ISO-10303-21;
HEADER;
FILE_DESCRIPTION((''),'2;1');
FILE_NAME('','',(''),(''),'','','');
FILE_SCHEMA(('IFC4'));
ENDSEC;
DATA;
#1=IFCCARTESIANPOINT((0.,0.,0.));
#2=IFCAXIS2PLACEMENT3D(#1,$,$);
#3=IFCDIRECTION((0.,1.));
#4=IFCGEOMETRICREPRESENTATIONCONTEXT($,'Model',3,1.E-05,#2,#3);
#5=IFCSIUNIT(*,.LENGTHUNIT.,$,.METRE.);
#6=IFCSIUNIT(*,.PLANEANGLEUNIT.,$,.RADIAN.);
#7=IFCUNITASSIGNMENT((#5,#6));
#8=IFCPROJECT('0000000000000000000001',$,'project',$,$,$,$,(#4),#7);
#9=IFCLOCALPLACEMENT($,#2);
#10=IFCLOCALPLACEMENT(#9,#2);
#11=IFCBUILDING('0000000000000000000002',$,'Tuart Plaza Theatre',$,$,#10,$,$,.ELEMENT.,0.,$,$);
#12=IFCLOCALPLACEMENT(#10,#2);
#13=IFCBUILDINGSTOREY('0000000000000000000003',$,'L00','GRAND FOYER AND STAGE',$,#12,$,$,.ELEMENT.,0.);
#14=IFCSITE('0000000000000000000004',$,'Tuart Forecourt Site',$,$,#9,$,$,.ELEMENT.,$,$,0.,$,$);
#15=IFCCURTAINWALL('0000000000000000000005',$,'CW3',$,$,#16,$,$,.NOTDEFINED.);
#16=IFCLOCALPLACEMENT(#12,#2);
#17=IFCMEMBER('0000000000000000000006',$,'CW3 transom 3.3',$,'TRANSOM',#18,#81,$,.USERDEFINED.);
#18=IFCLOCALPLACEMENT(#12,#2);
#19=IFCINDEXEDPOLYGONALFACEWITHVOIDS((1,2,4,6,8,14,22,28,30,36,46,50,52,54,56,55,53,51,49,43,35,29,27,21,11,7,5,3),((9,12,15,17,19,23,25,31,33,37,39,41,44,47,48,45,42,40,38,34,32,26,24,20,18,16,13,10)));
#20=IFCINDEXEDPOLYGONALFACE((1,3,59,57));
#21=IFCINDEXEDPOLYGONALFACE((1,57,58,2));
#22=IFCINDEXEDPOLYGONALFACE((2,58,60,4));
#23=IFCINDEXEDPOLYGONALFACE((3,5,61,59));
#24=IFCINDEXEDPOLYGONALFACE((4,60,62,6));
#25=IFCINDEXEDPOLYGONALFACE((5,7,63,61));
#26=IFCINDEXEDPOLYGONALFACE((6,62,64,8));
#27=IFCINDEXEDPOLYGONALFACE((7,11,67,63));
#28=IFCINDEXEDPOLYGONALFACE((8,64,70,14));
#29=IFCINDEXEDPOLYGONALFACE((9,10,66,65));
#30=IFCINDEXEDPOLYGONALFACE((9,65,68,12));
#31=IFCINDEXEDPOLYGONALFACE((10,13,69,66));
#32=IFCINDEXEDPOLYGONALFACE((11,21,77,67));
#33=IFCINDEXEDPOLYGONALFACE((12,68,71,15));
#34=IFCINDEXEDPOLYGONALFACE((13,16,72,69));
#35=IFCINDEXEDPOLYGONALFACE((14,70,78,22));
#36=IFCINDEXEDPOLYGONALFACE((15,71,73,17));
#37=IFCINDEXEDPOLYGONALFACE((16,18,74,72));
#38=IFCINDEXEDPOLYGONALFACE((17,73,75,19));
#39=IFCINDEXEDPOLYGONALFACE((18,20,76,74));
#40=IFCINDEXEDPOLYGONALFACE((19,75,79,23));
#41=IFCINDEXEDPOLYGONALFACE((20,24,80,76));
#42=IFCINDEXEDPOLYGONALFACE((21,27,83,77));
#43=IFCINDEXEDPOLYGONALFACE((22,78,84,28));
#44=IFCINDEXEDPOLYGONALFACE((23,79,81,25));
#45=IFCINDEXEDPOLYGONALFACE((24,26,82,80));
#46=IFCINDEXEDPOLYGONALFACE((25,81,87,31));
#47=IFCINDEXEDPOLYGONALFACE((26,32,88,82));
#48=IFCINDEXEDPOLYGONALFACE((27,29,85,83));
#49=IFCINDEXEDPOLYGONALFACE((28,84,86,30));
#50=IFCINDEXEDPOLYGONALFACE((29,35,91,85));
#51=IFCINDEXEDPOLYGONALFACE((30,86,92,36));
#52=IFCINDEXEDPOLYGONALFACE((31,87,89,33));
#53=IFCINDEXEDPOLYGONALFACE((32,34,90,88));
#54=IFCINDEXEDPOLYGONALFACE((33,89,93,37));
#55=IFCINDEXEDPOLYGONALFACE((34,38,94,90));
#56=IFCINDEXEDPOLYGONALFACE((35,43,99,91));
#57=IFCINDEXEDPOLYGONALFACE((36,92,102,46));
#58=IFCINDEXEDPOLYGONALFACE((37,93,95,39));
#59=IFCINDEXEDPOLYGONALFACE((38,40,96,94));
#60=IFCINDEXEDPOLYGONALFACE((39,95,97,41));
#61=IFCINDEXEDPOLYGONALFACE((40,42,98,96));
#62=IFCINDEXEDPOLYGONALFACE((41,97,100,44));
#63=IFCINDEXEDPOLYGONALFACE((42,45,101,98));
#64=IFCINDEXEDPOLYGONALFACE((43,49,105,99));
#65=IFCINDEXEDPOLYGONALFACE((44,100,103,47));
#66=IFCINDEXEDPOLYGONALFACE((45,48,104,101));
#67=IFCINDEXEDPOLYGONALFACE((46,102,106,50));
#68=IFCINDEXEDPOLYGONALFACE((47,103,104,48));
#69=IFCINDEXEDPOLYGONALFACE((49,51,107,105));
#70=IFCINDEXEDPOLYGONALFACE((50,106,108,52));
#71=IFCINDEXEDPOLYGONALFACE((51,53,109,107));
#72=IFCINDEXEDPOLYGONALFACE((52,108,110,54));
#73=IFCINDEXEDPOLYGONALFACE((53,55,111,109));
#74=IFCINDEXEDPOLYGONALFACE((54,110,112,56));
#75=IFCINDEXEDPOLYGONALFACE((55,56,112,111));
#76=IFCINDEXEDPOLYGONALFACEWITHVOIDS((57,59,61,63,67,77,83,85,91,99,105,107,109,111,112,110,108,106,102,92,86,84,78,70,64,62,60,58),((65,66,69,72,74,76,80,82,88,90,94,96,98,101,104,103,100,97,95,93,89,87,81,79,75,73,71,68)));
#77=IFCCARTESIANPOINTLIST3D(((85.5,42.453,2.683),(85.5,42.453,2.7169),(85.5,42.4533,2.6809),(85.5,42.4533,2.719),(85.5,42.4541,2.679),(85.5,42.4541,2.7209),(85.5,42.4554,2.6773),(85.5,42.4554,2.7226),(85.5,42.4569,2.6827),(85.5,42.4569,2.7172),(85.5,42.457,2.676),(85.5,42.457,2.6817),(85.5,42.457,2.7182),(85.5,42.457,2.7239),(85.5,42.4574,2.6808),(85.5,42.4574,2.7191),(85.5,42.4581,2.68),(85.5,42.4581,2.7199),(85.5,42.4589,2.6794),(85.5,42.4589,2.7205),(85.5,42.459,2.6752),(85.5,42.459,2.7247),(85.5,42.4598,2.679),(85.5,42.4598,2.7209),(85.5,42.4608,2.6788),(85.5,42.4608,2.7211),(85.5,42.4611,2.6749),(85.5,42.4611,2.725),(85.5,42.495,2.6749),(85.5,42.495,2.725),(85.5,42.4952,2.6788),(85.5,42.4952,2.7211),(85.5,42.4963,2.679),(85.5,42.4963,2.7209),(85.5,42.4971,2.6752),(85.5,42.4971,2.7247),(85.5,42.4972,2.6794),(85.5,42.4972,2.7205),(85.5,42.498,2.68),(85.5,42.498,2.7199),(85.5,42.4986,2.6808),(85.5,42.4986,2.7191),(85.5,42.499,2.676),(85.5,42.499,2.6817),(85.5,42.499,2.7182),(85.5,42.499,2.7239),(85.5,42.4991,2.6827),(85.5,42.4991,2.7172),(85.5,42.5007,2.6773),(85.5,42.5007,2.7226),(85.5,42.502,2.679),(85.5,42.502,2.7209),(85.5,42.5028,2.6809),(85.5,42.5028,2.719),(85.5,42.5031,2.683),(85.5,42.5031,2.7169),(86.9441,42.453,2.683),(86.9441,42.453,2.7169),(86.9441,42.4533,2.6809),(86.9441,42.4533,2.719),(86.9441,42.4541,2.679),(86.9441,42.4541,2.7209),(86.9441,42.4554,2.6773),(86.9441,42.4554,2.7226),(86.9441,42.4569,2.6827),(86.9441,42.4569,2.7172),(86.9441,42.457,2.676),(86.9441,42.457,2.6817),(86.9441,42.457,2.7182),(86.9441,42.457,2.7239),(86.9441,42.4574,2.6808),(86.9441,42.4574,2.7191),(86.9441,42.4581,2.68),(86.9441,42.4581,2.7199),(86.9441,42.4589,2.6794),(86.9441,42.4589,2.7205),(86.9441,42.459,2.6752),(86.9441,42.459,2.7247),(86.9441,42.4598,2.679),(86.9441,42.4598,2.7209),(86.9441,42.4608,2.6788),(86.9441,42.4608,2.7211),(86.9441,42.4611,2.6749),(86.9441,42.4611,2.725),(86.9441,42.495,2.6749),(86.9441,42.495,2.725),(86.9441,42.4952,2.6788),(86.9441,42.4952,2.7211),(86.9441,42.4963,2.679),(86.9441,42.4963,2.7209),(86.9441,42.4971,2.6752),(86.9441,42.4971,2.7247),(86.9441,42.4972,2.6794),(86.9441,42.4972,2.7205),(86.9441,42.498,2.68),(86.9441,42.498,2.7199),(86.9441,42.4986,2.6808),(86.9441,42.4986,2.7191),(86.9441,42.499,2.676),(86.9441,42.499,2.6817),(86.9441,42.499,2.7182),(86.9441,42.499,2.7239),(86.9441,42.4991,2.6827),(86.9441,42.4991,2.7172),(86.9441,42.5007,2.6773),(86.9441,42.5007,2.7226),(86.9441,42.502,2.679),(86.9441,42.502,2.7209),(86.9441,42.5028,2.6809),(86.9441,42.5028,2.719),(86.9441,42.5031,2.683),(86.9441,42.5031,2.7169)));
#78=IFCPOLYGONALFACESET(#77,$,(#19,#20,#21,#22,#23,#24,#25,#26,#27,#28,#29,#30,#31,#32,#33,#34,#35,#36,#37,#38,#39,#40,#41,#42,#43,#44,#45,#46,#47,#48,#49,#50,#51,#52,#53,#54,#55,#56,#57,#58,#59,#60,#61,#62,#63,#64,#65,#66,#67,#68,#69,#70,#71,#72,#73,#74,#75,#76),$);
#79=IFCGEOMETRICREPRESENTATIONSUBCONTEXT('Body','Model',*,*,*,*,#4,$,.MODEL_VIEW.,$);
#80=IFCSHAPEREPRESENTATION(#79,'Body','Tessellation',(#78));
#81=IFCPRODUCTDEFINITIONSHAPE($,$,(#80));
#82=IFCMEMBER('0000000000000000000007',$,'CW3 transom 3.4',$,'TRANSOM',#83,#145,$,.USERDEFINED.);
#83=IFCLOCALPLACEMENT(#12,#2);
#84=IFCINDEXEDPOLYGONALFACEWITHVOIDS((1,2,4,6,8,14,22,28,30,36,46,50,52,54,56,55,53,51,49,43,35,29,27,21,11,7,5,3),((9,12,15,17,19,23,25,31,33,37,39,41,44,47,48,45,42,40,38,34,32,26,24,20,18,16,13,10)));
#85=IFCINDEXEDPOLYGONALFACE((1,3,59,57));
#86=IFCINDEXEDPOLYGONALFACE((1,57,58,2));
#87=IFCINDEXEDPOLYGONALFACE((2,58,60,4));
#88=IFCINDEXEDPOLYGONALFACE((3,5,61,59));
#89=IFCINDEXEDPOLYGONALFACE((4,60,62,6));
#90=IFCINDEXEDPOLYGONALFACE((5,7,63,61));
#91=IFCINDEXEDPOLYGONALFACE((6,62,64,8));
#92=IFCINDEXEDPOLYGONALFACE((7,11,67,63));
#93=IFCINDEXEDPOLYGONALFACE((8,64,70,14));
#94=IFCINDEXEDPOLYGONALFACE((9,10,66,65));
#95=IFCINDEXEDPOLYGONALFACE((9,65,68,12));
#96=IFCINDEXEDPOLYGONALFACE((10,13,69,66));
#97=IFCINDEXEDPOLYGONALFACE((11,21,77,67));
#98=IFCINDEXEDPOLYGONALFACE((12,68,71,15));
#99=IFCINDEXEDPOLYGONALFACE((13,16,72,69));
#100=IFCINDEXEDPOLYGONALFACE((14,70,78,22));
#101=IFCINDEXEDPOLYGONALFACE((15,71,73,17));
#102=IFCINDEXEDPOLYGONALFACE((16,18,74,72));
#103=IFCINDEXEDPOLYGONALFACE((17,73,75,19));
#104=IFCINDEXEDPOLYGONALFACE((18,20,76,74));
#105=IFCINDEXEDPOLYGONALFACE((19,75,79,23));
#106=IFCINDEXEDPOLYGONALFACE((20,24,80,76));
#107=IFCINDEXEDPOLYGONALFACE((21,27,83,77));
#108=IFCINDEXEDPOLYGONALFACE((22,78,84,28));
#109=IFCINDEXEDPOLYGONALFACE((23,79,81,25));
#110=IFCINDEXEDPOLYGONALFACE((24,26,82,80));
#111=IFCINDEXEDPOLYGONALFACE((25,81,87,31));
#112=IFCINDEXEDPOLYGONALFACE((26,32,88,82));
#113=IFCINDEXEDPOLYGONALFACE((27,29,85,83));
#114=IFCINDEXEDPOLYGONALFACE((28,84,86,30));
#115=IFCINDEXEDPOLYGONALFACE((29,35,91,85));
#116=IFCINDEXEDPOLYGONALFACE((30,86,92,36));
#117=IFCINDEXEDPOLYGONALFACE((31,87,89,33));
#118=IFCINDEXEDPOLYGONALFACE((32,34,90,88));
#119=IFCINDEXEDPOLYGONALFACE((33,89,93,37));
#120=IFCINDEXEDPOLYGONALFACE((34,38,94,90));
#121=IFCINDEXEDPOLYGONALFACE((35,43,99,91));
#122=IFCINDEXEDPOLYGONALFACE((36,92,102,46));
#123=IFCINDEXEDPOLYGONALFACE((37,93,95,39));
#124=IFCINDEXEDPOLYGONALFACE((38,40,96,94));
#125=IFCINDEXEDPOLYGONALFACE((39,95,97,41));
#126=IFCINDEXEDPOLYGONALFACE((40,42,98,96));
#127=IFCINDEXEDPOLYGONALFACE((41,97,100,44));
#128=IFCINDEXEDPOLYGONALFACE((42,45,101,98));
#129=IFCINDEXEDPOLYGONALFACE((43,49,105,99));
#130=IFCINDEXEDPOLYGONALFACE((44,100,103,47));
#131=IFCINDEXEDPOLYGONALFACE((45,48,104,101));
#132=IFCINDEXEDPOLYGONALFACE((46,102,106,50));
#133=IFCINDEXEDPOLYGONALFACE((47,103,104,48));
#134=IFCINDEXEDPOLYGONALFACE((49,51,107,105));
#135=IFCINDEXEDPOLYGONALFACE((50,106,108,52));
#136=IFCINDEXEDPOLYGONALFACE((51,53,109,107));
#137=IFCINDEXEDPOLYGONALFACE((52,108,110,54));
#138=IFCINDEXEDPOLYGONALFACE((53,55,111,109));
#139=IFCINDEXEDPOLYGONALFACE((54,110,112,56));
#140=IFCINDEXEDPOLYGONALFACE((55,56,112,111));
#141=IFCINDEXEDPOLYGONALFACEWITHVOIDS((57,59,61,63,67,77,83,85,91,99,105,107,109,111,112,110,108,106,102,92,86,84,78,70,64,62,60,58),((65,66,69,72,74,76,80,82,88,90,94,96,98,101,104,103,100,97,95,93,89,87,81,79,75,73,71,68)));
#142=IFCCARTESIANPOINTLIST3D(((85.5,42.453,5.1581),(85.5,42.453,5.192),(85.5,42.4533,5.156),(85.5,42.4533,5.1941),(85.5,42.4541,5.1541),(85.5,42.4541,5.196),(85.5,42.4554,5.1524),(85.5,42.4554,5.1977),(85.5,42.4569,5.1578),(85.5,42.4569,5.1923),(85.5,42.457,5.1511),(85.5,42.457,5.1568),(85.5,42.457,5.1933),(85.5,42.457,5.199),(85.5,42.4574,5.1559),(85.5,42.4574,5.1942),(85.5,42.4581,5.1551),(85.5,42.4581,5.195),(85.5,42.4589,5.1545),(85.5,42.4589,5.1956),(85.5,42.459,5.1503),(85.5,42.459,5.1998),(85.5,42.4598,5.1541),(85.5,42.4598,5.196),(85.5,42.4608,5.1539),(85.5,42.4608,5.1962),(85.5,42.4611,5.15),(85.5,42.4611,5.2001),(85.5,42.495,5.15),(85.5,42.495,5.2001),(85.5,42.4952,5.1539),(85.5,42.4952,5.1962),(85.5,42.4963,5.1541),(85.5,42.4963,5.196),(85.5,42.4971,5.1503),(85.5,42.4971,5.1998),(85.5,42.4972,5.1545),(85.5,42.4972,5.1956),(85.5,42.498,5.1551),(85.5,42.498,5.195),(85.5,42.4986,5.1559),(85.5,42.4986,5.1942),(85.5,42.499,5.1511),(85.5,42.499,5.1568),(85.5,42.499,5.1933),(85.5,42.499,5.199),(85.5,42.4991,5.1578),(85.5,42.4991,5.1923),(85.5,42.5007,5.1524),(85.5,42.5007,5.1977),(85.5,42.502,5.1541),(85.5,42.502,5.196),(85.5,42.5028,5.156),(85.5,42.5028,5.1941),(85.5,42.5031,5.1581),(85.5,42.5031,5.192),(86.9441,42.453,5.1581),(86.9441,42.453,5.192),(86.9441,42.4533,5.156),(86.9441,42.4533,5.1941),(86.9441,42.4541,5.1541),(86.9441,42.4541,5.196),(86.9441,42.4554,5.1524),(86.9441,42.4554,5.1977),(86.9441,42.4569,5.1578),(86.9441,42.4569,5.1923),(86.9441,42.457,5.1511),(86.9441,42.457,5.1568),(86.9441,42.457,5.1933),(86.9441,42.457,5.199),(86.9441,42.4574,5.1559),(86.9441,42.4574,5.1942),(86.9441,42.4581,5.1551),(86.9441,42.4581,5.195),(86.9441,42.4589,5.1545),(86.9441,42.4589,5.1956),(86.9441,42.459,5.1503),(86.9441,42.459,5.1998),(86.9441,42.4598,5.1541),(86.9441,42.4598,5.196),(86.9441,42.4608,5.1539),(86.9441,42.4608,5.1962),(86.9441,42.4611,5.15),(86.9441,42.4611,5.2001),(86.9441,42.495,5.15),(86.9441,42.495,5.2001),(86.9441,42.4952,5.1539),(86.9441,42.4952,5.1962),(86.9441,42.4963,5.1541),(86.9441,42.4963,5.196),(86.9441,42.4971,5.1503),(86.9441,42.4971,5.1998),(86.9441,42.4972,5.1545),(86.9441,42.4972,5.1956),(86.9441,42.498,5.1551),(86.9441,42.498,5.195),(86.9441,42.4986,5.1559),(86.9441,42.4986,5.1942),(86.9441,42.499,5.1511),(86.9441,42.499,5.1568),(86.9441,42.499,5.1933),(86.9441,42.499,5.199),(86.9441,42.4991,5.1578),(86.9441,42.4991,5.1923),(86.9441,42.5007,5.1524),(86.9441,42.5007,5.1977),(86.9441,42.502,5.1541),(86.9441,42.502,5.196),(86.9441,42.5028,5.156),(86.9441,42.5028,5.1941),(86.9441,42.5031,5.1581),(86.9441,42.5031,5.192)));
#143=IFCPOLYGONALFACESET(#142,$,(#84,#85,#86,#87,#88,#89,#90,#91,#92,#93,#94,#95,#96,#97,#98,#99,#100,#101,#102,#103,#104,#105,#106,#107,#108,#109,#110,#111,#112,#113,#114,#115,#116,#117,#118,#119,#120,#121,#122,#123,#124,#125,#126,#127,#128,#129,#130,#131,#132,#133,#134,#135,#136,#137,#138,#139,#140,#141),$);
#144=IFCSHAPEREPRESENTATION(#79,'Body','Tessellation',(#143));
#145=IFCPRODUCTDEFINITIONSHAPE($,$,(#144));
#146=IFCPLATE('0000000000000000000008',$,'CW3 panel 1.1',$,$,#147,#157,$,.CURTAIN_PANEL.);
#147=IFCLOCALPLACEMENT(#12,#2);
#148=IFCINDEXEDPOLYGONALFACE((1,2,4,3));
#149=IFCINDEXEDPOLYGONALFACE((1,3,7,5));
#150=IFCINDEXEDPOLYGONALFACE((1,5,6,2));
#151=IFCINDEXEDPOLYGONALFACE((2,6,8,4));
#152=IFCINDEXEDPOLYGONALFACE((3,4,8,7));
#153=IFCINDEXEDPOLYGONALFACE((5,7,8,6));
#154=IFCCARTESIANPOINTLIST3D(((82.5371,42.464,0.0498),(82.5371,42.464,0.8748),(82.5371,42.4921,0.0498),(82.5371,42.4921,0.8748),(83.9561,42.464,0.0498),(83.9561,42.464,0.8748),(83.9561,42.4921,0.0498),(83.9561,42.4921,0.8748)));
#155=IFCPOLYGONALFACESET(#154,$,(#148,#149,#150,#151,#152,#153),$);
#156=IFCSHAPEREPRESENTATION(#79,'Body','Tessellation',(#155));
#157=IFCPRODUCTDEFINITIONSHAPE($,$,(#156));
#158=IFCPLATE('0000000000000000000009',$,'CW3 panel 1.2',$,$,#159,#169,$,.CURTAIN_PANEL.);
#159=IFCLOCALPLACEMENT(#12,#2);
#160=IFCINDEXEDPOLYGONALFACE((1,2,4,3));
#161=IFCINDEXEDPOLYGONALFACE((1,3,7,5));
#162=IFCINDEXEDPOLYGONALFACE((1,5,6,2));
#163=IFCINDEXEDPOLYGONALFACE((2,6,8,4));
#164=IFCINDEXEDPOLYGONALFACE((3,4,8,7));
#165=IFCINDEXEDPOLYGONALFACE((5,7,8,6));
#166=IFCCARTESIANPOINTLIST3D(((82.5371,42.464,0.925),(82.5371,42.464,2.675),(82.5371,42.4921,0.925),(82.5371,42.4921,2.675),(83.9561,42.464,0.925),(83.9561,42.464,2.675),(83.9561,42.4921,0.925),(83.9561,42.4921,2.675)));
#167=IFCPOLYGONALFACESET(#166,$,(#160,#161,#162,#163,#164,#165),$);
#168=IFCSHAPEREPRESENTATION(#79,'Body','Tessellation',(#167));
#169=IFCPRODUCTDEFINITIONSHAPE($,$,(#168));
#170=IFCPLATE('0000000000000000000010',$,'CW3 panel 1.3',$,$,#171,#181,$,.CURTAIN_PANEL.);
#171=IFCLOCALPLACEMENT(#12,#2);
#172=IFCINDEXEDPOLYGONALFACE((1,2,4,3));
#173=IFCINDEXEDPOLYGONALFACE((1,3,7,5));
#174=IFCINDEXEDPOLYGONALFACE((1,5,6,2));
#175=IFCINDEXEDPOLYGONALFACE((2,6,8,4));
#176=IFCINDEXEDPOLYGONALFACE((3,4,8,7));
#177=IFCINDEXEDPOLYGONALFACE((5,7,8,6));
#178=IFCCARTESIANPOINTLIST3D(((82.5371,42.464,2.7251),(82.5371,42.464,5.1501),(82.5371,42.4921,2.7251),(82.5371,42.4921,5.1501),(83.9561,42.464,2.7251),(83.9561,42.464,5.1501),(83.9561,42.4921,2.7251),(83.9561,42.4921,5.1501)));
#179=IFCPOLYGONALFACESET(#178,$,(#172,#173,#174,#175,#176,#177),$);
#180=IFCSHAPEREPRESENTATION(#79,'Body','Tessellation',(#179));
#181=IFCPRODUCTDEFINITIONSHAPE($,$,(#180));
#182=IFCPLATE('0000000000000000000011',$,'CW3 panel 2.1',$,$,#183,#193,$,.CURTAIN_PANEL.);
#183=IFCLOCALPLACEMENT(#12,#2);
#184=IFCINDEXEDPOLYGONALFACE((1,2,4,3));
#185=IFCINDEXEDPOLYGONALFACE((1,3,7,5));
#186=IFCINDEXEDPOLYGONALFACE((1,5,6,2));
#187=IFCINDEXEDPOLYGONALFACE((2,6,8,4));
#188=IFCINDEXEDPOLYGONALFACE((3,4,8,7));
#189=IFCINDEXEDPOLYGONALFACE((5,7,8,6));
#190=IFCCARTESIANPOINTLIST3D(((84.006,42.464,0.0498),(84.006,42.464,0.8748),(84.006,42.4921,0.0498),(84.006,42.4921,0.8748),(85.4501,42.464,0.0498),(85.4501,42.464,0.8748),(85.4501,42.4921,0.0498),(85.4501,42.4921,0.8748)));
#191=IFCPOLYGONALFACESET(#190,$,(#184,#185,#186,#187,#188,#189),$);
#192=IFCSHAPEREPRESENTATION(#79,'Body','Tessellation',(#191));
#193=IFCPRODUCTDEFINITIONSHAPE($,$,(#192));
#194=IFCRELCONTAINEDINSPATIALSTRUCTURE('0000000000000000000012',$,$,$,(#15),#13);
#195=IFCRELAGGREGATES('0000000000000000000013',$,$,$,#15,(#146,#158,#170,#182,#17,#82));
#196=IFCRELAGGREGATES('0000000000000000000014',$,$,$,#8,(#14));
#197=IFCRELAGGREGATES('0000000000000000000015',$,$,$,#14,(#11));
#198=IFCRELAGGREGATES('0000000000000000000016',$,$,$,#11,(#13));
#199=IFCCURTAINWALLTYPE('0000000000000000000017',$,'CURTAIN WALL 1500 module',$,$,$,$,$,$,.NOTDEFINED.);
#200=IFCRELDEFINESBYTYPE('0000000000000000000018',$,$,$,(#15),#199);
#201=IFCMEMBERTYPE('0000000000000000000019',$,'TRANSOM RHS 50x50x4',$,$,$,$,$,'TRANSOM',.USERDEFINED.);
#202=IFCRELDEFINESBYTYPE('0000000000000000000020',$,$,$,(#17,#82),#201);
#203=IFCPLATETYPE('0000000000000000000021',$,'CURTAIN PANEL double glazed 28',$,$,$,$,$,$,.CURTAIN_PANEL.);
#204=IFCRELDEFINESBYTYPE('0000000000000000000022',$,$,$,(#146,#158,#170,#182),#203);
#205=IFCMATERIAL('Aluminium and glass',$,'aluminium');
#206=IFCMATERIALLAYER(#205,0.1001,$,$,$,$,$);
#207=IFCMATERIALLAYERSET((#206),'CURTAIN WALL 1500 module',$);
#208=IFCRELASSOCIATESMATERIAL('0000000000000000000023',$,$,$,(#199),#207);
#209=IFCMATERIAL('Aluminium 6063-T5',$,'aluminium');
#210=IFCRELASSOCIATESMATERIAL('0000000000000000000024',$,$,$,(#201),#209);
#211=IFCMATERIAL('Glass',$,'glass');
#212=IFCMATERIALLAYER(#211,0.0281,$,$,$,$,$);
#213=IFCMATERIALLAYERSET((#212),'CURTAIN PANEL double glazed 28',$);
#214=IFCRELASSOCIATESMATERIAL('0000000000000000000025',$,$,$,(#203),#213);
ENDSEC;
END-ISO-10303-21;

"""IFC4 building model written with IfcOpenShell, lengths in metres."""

from ifc_helpers import new_model, si_unit, direction, frame, origin, origin_2d, place, context, subcontext, project, spatial, rectangle, hollow_rectangle, extrude, material, layer, layer_set, material_profile, profile_set, type_object, element, aggregate, save


model = new_model("IFC4")

# Units and contexts
model_context = context("Model", 3, precision=1e-05, world=origin(), true_north=direction((0.0, 1.0)))
body_context = subcontext(model_context, "Body", "Model", "MODEL_VIEW")
ifc_project = project(units=[si_unit("LENGTHUNIT", "METRE"), si_unit("PLANEANGLEUNIT", "RADIAN")], contexts=[model_context])

# Site, building, storey
site_placement = place(None, origin())
site = spatial("IfcSite", under=ifc_project, at=site_placement, Name="Tuart Forecourt Site", CompositionType="ELEMENT", RefElevation=0.0)
building_placement = place(site_placement, origin())
building = spatial("IfcBuilding", under=site, at=building_placement, Name="Tuart Plaza Theatre", CompositionType="ELEMENT", ElevationOfRefHeight=0.0)
storey_placement = place(building_placement, origin())
storey = spatial("IfcBuildingStorey", under=building, at=storey_placement, Name="L00", Description="GRAND FOYER AND STAGE", CompositionType="ELEMENT", Elevation=0.0)

# Curtain wall, members, plates
ifc_material_1 = material(Name="Aluminium and glass", Category="aluminium")
ifc_layer_1 = layer(ifc_material_1, 0.1001)
ifc_layer_set_1 = layer_set([ifc_layer_1], Name="CURTAIN WALL 1500 module")
curtain_wall_type = type_object("IfcCurtainWallType", Name="CURTAIN WALL 1500 module", PredefinedType="NOTDEFINED", material=ifc_layer_set_1)
curtain_wall_placement = place(storey_placement, origin())
curtain_wall = element("IfcCurtainWall", 1, at=curtain_wall_placement, inside=storey, type_object=curtain_wall_type, Name="CW3", PredefinedType="NOTDEFINED")
ifc_material_2 = material(Name="Aluminium 6063-T5", Category="aluminium")
ifc_material_profile_1 = material_profile(ifc_material_2, hollow_rectangle(XDim=0.05, YDim=0.05, WallThickness=0.0039, InnerFilletRadius=0.0039, OuterFilletRadius=0.0081, at=origin_2d()), Name="RHS 50x50x4")
ifc_profile_set_1 = profile_set([ifc_material_profile_1], Name="Aluminium 6063-T5")
member_type_1 = type_object("IfcMemberType", Name="TRANSOM RHS 50x50x4", ElementType="TRANSOM", PredefinedType="USERDEFINED", material=ifc_profile_set_1)
member_1_placement = place(storey_placement, frame((85.5, 42.478, 2.7), z_axis=(1.0, 0.0, 0.0), x_axis=(0.0, 1.0, 0.0)))
member_1 = element("IfcMember", 2, at=member_1_placement, type_object=member_type_1, Name="CW3 transom 3.3", ObjectType="TRANSOM", PredefinedType="USERDEFINED", context=body_context, shape_type="SweptSolid", body=[
    extrude(hollow_rectangle(XDim=0.05, YDim=0.05, WallThickness=0.0039, InnerFilletRadius=0.0039, OuterFilletRadius=0.0081, at=origin_2d()), origin(), (0.0, 0.0, 1.0), 1.4441),
])
member_2_placement = place(storey_placement, frame((85.5, 42.478, 5.175), z_axis=(1.0, 0.0, 0.0), x_axis=(0.0, 1.0, 0.0)))
member_2 = element("IfcMember", 3, at=member_2_placement, type_object=member_type_1, Name="CW3 transom 3.4", ObjectType="TRANSOM", PredefinedType="USERDEFINED", context=body_context, shape_type="SweptSolid", body=[
    extrude(hollow_rectangle(XDim=0.05, YDim=0.05, WallThickness=0.0039, InnerFilletRadius=0.0039, OuterFilletRadius=0.0081, at=origin_2d()), origin(), (0.0, 0.0, 1.0), 1.4441),
])
ifc_material_3 = material(Name="Glass", Category="glass")
ifc_layer_2 = layer(ifc_material_3, 0.0281)
ifc_layer_set_2 = layer_set([ifc_layer_2], Name="CURTAIN PANEL double glazed 28")
plate_type = type_object("IfcPlateType", Name="CURTAIN PANEL double glazed 28", PredefinedType="CURTAIN_PANEL", material=ifc_layer_set_2)
plate_1_placement = place(storey_placement, frame((83.2466, 42.478, 0.0498), z_axis=(0.0, 0.0, 1.0), x_axis=(1.0, 0.0, 0.0)))
plate_1 = element("IfcPlate", 4, at=plate_1_placement, type_object=plate_type, Name="CW3 panel 1.1", PredefinedType="CURTAIN_PANEL", context=body_context, shape_type="SweptSolid", body=[
    extrude(rectangle(XDim=1.4189, YDim=0.0281, at=origin_2d()), origin(), (0.0, 0.0, 1.0), 0.825),
])
plate_2_placement = place(storey_placement, frame((83.2466, 42.478, 0.925), z_axis=(0.0, 0.0, 1.0), x_axis=(1.0, 0.0, 0.0)))
plate_2 = element("IfcPlate", 5, at=plate_2_placement, type_object=plate_type, Name="CW3 panel 1.2", PredefinedType="CURTAIN_PANEL", context=body_context, shape_type="SweptSolid", body=[
    extrude(rectangle(XDim=1.4189, YDim=0.0281, at=origin_2d()), origin(), (0.0, 0.0, 1.0), 1.75),
])
plate_3_placement = place(storey_placement, frame((83.2466, 42.478, 2.7251), z_axis=(0.0, 0.0, 1.0), x_axis=(1.0, 0.0, 0.0)))
plate_3 = element("IfcPlate", 6, at=plate_3_placement, type_object=plate_type, Name="CW3 panel 1.3", PredefinedType="CURTAIN_PANEL", context=body_context, shape_type="SweptSolid", body=[
    extrude(rectangle(XDim=1.4189, YDim=0.0281, at=origin_2d()), origin(), (0.0, 0.0, 1.0), 2.425),
])
plate_4_placement = place(storey_placement, frame((84.728, 42.478, 0.0498), z_axis=(0.0, 0.0, 1.0), x_axis=(1.0, 0.0, 0.0)))
plate_4 = element("IfcPlate", 7, at=plate_4_placement, type_object=plate_type, Name="CW3 panel 2.1", PredefinedType="CURTAIN_PANEL", context=body_context, shape_type="SweptSolid", body=[
    extrude(rectangle(XDim=1.4441, YDim=0.0281, at=origin_2d()), origin(), (0.0, 0.0, 1.0), 0.825),
])
aggregate(curtain_wall, [plate_1, plate_2, plate_3, plate_4, member_1, member_2])

save(model, "model.ifc")
